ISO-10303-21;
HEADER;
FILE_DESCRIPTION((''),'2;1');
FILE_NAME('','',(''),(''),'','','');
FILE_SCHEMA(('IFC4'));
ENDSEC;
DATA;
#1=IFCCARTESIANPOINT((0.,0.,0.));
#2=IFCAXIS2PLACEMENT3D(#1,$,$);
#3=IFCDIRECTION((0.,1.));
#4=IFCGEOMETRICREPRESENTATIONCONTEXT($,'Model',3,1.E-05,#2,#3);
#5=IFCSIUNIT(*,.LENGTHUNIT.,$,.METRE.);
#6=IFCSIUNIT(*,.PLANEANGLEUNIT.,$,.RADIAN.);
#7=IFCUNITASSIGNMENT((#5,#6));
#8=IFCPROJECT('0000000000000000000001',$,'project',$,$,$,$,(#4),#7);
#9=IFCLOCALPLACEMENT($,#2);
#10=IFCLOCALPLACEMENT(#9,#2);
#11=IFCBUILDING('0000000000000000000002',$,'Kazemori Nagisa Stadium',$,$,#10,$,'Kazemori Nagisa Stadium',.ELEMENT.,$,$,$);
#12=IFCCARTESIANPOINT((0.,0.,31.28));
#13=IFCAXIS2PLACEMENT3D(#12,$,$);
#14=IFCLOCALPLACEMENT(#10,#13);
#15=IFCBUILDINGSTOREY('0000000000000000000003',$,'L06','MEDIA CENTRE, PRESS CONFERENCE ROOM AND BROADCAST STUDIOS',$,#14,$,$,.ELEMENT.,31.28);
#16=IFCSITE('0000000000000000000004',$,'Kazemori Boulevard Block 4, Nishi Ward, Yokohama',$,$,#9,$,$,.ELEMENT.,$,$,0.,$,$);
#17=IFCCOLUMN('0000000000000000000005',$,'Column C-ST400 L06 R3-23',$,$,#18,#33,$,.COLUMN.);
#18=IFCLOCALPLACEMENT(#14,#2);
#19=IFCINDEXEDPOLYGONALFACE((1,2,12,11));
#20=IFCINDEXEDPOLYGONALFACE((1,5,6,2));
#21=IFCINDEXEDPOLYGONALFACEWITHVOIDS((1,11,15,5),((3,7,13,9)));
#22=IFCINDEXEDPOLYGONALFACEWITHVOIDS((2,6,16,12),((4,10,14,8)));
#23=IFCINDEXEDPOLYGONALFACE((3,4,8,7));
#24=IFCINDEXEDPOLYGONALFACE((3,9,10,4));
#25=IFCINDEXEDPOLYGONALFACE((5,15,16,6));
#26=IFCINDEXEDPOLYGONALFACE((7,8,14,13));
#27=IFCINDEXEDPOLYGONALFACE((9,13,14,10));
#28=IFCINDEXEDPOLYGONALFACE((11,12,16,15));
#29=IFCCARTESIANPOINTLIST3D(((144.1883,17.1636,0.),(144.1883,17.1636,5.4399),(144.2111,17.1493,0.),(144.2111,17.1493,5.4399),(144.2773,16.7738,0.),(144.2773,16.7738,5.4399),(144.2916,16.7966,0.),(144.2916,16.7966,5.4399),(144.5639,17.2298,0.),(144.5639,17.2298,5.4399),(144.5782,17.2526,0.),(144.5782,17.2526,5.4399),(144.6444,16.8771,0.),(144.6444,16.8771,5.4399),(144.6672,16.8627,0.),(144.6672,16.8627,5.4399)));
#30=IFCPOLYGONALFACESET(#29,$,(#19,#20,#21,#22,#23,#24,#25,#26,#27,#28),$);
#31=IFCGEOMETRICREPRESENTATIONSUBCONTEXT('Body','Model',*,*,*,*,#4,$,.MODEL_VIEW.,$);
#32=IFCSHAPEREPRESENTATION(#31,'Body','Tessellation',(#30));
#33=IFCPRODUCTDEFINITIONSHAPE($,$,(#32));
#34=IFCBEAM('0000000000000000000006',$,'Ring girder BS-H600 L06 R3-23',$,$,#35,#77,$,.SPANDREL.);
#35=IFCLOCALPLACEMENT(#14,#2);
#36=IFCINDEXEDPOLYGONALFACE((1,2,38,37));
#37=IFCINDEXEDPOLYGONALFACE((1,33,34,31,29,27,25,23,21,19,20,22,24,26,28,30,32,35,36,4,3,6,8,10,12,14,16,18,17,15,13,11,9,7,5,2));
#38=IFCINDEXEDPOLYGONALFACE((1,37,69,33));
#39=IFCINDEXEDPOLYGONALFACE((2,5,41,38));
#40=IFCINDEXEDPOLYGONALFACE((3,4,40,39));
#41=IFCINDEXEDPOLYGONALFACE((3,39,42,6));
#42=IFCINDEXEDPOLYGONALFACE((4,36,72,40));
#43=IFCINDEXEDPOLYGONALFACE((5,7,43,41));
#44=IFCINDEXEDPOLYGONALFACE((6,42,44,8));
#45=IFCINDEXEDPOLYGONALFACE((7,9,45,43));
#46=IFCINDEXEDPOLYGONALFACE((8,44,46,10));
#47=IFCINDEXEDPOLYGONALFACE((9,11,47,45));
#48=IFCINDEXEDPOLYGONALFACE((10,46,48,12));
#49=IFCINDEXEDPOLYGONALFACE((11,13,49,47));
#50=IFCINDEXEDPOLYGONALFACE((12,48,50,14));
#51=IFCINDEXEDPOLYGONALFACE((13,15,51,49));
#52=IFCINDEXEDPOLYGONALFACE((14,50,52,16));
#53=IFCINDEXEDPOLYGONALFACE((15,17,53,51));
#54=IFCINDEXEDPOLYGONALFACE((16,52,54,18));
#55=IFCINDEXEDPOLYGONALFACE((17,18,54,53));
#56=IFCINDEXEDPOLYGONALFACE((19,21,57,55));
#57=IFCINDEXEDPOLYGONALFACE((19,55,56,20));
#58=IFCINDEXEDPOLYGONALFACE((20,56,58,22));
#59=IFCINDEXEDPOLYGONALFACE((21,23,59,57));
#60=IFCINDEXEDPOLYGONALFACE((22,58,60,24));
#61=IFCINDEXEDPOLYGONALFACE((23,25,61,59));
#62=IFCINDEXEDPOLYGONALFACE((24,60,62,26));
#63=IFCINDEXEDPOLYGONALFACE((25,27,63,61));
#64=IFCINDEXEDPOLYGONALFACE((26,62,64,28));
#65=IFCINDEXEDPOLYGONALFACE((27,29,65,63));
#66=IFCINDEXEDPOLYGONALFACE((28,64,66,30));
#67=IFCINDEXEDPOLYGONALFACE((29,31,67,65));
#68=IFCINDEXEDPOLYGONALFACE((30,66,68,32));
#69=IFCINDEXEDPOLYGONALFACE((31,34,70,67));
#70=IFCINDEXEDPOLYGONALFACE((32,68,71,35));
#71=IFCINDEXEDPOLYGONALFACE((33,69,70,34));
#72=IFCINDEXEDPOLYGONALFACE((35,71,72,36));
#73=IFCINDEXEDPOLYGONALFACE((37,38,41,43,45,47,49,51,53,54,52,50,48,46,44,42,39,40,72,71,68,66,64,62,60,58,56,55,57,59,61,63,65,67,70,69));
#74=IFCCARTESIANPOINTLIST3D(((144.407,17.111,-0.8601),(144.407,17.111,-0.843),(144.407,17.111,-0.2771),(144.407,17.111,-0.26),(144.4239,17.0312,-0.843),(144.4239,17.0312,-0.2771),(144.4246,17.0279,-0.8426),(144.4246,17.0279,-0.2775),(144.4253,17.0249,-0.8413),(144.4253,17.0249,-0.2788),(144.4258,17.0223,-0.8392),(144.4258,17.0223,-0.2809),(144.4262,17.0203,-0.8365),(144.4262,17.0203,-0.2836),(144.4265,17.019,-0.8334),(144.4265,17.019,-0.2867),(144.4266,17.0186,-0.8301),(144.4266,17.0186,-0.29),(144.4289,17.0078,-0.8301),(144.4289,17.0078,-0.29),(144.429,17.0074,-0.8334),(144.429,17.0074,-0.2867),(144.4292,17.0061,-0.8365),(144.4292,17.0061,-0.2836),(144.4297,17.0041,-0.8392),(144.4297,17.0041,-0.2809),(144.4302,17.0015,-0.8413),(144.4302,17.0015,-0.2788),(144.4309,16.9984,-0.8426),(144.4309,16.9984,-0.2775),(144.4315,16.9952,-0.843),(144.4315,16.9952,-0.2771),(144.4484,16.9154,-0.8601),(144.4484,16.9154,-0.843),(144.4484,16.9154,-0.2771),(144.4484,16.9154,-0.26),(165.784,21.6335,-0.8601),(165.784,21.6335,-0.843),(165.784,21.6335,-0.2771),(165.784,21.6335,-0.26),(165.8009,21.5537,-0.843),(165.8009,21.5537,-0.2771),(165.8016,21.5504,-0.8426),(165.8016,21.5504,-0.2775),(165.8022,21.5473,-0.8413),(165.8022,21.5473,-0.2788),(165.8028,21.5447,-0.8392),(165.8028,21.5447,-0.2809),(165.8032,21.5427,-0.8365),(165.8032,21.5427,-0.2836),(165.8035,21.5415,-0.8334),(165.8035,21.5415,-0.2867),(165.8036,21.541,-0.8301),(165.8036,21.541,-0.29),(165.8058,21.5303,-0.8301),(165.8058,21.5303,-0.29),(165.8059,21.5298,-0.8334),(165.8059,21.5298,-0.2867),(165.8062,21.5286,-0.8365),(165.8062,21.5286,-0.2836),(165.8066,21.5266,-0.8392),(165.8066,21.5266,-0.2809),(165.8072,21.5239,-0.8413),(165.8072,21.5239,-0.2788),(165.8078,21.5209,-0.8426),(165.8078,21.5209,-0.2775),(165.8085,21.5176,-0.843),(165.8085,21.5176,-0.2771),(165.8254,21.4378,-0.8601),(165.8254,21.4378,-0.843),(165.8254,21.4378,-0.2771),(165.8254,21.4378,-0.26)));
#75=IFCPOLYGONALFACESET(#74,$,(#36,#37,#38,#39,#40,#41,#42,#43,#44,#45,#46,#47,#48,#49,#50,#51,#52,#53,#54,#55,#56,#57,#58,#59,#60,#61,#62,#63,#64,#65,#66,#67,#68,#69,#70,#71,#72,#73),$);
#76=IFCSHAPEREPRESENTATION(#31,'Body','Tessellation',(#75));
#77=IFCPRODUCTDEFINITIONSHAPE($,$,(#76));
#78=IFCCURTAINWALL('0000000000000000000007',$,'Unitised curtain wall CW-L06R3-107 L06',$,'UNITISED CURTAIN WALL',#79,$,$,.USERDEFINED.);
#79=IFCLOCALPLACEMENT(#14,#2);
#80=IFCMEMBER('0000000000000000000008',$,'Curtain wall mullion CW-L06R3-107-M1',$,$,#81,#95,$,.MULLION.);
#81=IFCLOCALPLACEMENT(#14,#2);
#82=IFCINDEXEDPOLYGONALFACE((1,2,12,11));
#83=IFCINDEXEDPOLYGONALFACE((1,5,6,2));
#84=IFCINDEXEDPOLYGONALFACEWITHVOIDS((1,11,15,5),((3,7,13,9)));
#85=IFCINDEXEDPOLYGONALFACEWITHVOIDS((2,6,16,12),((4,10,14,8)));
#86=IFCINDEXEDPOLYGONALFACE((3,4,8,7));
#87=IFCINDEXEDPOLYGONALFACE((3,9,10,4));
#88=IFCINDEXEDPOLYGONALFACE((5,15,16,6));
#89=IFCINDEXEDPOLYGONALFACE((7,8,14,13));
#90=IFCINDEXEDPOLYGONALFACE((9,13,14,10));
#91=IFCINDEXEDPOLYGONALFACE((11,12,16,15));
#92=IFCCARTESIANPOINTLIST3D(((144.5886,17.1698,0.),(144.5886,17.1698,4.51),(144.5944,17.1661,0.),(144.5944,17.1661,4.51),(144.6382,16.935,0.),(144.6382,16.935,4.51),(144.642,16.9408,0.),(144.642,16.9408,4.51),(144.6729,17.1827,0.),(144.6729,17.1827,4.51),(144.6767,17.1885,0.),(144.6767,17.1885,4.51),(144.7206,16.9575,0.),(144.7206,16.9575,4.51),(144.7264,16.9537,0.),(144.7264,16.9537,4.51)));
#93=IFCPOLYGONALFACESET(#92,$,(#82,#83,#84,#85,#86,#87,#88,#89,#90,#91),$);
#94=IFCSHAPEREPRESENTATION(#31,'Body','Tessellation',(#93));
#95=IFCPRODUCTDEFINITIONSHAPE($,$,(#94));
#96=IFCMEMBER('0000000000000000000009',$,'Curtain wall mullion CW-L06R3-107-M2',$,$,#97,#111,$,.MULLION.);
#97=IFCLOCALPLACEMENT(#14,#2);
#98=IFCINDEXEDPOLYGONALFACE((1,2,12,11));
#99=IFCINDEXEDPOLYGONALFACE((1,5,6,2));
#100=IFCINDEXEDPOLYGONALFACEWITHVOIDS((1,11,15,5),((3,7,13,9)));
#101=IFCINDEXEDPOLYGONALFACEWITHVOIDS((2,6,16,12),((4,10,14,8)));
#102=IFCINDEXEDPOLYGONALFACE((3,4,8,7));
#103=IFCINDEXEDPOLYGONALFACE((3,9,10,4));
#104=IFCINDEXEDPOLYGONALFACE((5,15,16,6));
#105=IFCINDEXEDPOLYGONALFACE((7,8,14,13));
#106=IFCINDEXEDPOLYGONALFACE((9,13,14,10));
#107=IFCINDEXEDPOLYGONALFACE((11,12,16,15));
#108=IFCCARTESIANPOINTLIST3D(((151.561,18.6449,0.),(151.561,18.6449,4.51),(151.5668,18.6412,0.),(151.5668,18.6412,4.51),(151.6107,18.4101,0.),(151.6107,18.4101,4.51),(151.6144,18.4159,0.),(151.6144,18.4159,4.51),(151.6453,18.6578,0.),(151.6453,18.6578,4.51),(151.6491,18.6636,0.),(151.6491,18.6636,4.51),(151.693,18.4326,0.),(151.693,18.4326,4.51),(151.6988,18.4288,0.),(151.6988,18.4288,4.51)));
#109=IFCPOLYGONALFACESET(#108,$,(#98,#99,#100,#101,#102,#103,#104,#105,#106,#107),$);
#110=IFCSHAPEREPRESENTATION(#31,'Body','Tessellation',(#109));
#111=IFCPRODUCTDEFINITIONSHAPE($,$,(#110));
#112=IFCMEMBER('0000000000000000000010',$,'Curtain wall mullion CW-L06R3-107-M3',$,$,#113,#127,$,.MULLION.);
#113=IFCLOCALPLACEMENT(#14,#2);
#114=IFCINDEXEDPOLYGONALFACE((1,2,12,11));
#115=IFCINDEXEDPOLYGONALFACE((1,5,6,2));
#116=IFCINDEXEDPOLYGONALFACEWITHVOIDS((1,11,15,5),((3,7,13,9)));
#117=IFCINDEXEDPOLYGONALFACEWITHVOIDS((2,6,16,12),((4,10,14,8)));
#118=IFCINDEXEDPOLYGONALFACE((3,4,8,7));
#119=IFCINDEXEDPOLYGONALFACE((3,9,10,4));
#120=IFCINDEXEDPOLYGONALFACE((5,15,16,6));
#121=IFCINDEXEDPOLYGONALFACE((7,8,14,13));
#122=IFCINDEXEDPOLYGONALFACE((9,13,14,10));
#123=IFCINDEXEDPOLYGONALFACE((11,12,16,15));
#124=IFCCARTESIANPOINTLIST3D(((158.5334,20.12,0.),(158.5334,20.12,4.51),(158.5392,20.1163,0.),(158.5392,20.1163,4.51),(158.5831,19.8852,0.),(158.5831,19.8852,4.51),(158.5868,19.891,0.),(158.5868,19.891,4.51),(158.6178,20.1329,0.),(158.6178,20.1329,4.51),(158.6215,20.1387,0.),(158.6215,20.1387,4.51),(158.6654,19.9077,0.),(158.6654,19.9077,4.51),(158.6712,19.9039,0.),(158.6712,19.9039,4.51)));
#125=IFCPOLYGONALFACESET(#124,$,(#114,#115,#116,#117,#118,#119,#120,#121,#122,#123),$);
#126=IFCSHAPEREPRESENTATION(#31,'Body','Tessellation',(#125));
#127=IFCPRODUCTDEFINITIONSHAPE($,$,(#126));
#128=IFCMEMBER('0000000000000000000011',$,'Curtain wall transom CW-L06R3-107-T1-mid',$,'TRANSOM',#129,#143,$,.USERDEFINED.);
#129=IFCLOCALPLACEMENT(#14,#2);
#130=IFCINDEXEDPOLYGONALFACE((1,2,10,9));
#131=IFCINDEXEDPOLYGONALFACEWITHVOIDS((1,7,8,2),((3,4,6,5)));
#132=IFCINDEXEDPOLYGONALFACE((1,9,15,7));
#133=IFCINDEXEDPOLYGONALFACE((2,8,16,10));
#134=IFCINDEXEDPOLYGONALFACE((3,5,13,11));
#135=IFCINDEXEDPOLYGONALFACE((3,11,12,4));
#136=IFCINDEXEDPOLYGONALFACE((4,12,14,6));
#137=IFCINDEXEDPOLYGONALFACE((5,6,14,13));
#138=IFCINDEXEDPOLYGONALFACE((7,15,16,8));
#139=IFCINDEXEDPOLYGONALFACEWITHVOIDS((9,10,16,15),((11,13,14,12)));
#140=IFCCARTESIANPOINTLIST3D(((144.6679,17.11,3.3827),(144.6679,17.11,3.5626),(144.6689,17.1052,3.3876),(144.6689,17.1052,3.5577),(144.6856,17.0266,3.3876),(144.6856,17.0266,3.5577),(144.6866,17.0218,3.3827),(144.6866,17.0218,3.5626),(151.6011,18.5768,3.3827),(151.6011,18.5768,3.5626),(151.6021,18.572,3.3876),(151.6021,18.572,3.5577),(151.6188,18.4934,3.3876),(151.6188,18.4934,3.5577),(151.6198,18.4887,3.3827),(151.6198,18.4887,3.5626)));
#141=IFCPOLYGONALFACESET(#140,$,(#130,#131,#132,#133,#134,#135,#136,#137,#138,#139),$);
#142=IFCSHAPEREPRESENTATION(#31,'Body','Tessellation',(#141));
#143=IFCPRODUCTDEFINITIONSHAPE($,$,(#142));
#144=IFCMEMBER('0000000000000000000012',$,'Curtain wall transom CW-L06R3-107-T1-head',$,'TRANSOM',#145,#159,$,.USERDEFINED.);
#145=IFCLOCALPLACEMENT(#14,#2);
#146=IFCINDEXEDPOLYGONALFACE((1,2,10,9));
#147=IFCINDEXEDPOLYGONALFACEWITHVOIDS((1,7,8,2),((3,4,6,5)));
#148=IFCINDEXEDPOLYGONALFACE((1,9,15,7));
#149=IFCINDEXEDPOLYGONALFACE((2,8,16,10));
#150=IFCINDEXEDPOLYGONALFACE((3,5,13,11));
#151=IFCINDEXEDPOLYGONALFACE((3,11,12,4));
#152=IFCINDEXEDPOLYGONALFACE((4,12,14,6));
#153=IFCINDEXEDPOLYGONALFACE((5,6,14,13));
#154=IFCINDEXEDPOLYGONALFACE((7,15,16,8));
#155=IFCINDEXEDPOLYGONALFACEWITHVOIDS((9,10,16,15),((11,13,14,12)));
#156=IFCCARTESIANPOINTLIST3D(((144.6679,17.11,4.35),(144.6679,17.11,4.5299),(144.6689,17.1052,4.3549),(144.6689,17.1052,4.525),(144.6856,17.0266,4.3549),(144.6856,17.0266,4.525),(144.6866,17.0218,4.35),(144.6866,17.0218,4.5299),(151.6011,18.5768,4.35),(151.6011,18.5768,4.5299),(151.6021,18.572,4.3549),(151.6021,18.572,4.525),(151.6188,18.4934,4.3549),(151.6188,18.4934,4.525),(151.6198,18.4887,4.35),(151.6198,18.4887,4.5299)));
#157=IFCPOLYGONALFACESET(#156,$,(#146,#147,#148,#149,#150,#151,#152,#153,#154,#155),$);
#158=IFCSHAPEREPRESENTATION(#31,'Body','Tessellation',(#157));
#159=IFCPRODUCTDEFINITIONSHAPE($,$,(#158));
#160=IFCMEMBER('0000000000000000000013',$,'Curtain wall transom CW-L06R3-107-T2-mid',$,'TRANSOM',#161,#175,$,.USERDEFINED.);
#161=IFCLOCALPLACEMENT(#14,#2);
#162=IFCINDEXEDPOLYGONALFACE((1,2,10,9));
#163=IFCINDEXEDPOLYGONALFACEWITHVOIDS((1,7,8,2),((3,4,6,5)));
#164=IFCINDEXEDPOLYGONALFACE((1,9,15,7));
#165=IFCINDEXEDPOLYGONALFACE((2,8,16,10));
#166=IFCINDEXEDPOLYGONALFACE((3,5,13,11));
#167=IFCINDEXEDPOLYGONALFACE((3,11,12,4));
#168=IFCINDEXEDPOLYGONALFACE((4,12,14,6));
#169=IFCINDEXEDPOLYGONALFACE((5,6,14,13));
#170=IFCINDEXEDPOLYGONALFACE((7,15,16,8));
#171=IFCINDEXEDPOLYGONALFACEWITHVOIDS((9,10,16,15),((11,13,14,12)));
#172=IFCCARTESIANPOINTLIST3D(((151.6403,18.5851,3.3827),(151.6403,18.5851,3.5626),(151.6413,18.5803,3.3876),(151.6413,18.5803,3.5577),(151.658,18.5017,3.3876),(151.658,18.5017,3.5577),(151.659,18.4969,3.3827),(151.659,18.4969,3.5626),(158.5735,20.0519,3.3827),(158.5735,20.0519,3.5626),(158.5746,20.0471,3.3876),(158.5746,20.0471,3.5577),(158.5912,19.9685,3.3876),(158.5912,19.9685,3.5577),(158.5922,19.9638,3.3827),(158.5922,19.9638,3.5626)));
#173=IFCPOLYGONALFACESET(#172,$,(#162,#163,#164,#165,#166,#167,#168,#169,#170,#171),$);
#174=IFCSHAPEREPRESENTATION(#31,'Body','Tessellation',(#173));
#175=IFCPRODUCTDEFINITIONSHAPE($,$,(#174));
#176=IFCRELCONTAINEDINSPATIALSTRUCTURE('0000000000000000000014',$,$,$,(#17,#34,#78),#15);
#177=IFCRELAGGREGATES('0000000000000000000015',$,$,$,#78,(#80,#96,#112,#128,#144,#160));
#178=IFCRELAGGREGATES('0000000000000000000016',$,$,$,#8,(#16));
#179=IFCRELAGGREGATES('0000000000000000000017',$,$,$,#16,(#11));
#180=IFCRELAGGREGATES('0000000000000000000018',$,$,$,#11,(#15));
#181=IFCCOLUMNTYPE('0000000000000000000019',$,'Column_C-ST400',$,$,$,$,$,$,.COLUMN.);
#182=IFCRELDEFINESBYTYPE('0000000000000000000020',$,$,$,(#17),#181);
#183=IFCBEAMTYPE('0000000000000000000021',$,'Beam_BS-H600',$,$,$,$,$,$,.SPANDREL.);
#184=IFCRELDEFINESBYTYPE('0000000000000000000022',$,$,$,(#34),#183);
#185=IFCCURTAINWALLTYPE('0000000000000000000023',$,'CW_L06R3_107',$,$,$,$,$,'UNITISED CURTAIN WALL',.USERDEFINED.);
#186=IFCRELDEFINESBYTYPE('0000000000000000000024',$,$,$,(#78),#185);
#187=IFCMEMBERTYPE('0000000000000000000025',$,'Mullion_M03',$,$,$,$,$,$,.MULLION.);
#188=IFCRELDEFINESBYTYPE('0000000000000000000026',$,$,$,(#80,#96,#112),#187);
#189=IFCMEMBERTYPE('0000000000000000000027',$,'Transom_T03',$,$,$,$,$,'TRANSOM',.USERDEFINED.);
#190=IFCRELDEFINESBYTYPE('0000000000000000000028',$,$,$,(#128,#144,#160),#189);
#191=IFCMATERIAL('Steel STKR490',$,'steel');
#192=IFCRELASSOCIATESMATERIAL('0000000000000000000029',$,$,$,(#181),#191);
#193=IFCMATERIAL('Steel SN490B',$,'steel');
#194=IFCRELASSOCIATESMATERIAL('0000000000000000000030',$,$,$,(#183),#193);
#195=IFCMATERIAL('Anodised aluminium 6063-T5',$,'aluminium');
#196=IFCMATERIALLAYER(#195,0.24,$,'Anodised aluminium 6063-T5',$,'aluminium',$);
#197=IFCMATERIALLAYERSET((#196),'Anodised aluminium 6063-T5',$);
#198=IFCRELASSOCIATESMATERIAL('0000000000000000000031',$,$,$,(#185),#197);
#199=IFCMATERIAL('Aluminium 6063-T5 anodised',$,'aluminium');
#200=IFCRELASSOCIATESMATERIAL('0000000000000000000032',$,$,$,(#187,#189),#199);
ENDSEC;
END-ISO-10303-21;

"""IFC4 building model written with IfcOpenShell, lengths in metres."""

from ifc_helpers import new_model, si_unit, direction, frame, origin, origin_2d, place, context, subcontext, project, spatial, hollow_rectangle, i_section, extrude, material, layer, layer_set, material_profile, profile_set, type_object, element, aggregate, save


model = new_model("IFC4")

# Units and contexts
model_context = context("Model", 3, precision=1e-05, world=origin(), true_north=direction((0.0, 1.0)))
body_context = subcontext(model_context, "Body", "Model", "MODEL_VIEW")
ifc_project = project(units=[si_unit("LENGTHUNIT", "METRE"), si_unit("PLANEANGLEUNIT", "RADIAN")], contexts=[model_context])

# Site, building, storey
site_placement = place(None, origin())
site = spatial("IfcSite", under=ifc_project, at=site_placement, Name="Kazemori Boulevard Block 4, Nishi Ward, Yokohama", CompositionType="ELEMENT", RefElevation=0.0)
building_placement = place(site_placement, origin())
building = spatial("IfcBuilding", under=site, at=building_placement, Name="Kazemori Nagisa Stadium", LongName="Kazemori Nagisa Stadium", CompositionType="ELEMENT")
storey_placement = place(building_placement, frame((0.0, 0.0, 31.28)))
storey = spatial("IfcBuildingStorey", under=building, at=storey_placement, Name="L06", Description="MEDIA CENTRE, PRESS CONFERENCE ROOM AND BROADCAST STUDIOS", CompositionType="ELEMENT", Elevation=31.28)

# Column
ifc_material_1 = material(Name="Steel STKR490", Category="steel")
ifc_material_profile_1 = material_profile(ifc_material_1, hollow_rectangle(XDim=0.3999, YDim=0.3999, WallThickness=0.019, at=origin_2d()), Name="SHS-400x400x19")
ifc_profile_set_1 = profile_set([ifc_material_profile_1], Name="Steel STKR490")
column_type = type_object("IfcColumnType", Name="Column_C-ST400", PredefinedType="COLUMN", material=ifc_profile_set_1)
column_placement = place(storey_placement, frame((144.4277, 17.0132, 0.0), z_axis=(0.0, 0.0, 1.0), x_axis=(0.222521, -0.974928, 0.0)))
element("IfcColumn", 1, at=column_placement, inside=storey, type_object=column_type, Name="Column C-ST400 L06 R3-23", PredefinedType="COLUMN", context=body_context, shape_type="SweptSolid", body=[
    extrude(hollow_rectangle(XDim=0.3999, YDim=0.3999, WallThickness=0.019, at=origin_2d()), origin(), (0.0, 0.0, 1.0), 5.4399),
])

# Beam
ifc_material_2 = material(Name="Steel SN490B", Category="steel")
ifc_material_profile_2 = material_profile(ifc_material_2, i_section(OverallWidth=0.2, OverallDepth=0.6001, WebThickness=0.011, FlangeThickness=0.0171, FilletRadius=0.0129, at=origin_2d()), Name="H-600x200x11x17")
ifc_profile_set_2 = profile_set([ifc_material_profile_2], Name="Steel SN490B")
beam_type = type_object("IfcBeamType", Name="Beam_BS-H600", PredefinedType="SPANDREL", material=ifc_profile_set_2)
beam_placement = place(storey_placement, frame((144.4277, 17.0132, -0.5601), z_axis=(0.978346, 0.206977, 0.0), x_axis=(-0.206977, 0.978346, 0.0)))
element("IfcBeam", 2, at=beam_placement, inside=storey, type_object=beam_type, Name="Ring girder BS-H600 L06 R3-23", PredefinedType="SPANDREL", context=body_context, shape_type="SweptSolid", body=[
    extrude(i_section(OverallWidth=0.2, OverallDepth=0.6001, WebThickness=0.011, FlangeThickness=0.0171, FilletRadius=0.0129, at=origin_2d()), origin(), (0.0, 0.0, 1.0), 21.8501),
])

# Curtain wall, members
ifc_material_3 = material(Name="Anodised aluminium 6063-T5", Category="aluminium")
ifc_layer_1 = layer(ifc_material_3, 0.24, Name="Anodised aluminium 6063-T5", Category="aluminium")
ifc_layer_set_1 = layer_set([ifc_layer_1], Name="Anodised aluminium 6063-T5")
curtain_wall_type = type_object("IfcCurtainWallType", Name="CW_L06R3_107", ElementType="UNITISED CURTAIN WALL", PredefinedType="USERDEFINED", material=ifc_layer_set_1)
curtain_wall_placement = place(storey_placement, origin())
curtain_wall = element("IfcCurtainWall", 3, at=curtain_wall_placement, inside=storey, type_object=curtain_wall_type, Name="Unitised curtain wall CW-L06R3-107 L06", ObjectType="UNITISED CURTAIN WALL", PredefinedType="USERDEFINED")
ifc_material_4 = material(Name="Aluminium 6063-T5 anodised", Category="aluminium")
ifc_material_profile_3 = material_profile(ifc_material_4, hollow_rectangle(XDim=0.0901, YDim=0.24, WallThickness=0.0049, at=origin_2d()), Name="ALU-MULL-90x240x5")
ifc_profile_set_3 = profile_set([ifc_material_profile_3], Name="Aluminium 6063-T5 anodised")
member_type_1 = type_object("IfcMemberType", Name="Mullion_M03", PredefinedType="MULLION", material=ifc_profile_set_3)
member_1_placement = place(storey_placement, frame((144.6575, 17.0618, 0.0), z_axis=(0.0, 0.0, 1.0), x_axis=(0.978345, 0.206981, 0.0)))
member_1 = element("IfcMember", 4, at=member_1_placement, type_object=member_type_1, Name="Curtain wall mullion CW-L06R3-107-M1", PredefinedType="MULLION", context=body_context, shape_type="SweptSolid", body=[
    extrude(hollow_rectangle(XDim=0.0901, YDim=0.24, WallThickness=0.0049, at=origin_2d()), origin(), (0.0, 0.0, 1.0), 4.51),
])
member_2_placement = place(storey_placement, frame((151.6299, 18.5369, 0.0), z_axis=(0.0, 0.0, 1.0), x_axis=(0.978345, 0.206981, 0.0)))
member_2 = element("IfcMember", 5, at=member_2_placement, type_object=member_type_1, Name="Curtain wall mullion CW-L06R3-107-M2", PredefinedType="MULLION", context=body_context, shape_type="SweptSolid", body=[
    extrude(hollow_rectangle(XDim=0.0901, YDim=0.24, WallThickness=0.0049, at=origin_2d()), origin(), (0.0, 0.0, 1.0), 4.51),
])
member_3_placement = place(storey_placement, frame((158.6023, 20.012, 0.0), z_axis=(0.0, 0.0, 1.0), x_axis=(0.978345, 0.206981, 0.0)))
member_3 = element("IfcMember", 6, at=member_3_placement, type_object=member_type_1, Name="Curtain wall mullion CW-L06R3-107-M3", PredefinedType="MULLION", context=body_context, shape_type="SweptSolid", body=[
    extrude(hollow_rectangle(XDim=0.0901, YDim=0.24, WallThickness=0.0049, at=origin_2d()), origin(), (0.0, 0.0, 1.0), 4.51),
])
ifc_material_profile_4 = material_profile(ifc_material_4, hollow_rectangle(XDim=0.0901, YDim=0.1799, WallThickness=0.0049, at=origin_2d()), Name="ALU-TRAN-90x180x5")
ifc_profile_set_4 = profile_set([ifc_material_profile_4], Name="Aluminium 6063-T5 anodised")
member_type_2 = type_object("IfcMemberType", Name="Transom_T03", ElementType="TRANSOM", PredefinedType="USERDEFINED", material=ifc_profile_set_4)
member_4_placement = place(storey_placement, frame((144.6772, 17.0659, 3.4727), z_axis=(0.978345, 0.206983, 0.0), x_axis=(-0.206983, 0.978345, 0.0)))
member_4 = element("IfcMember", 7, at=member_4_placement, type_object=member_type_2, Name="Curtain wall transom CW-L06R3-107-T1-mid", ObjectType="TRANSOM", PredefinedType="USERDEFINED", context=body_context, shape_type="SweptSolid", body=[
    extrude(hollow_rectangle(XDim=0.0901, YDim=0.1799, WallThickness=0.0049, at=origin_2d()), origin(), (0.0, 0.0, 1.0), 7.0867),
])
member_5_placement = place(storey_placement, frame((144.6772, 17.0659, 4.4399), z_axis=(0.978345, 0.206983, 0.0), x_axis=(-0.206983, 0.978345, 0.0)))
member_5 = element("IfcMember", 8, at=member_5_placement, type_object=member_type_2, Name="Curtain wall transom CW-L06R3-107-T1-head", ObjectType="TRANSOM", PredefinedType="USERDEFINED", context=body_context, shape_type="SweptSolid", body=[
    extrude(hollow_rectangle(XDim=0.0901, YDim=0.1799, WallThickness=0.0049, at=origin_2d()), origin(), (0.0, 0.0, 1.0), 7.0867),
])
member_6_placement = place(storey_placement, frame((151.6497, 18.541, 3.4727), z_axis=(0.978345, 0.206983, 0.0), x_axis=(-0.206983, 0.978345, 0.0)))
member_6 = element("IfcMember", 9, at=member_6_placement, type_object=member_type_2, Name="Curtain wall transom CW-L06R3-107-T2-mid", ObjectType="TRANSOM", PredefinedType="USERDEFINED", context=body_context, shape_type="SweptSolid", body=[
    extrude(hollow_rectangle(XDim=0.0901, YDim=0.1799, WallThickness=0.0049, at=origin_2d()), origin(), (0.0, 0.0, 1.0), 7.0867),
])
aggregate(curtain_wall, [member_1, member_2, member_3, member_4, member_5, member_6])

save(model, "model.ifc")
